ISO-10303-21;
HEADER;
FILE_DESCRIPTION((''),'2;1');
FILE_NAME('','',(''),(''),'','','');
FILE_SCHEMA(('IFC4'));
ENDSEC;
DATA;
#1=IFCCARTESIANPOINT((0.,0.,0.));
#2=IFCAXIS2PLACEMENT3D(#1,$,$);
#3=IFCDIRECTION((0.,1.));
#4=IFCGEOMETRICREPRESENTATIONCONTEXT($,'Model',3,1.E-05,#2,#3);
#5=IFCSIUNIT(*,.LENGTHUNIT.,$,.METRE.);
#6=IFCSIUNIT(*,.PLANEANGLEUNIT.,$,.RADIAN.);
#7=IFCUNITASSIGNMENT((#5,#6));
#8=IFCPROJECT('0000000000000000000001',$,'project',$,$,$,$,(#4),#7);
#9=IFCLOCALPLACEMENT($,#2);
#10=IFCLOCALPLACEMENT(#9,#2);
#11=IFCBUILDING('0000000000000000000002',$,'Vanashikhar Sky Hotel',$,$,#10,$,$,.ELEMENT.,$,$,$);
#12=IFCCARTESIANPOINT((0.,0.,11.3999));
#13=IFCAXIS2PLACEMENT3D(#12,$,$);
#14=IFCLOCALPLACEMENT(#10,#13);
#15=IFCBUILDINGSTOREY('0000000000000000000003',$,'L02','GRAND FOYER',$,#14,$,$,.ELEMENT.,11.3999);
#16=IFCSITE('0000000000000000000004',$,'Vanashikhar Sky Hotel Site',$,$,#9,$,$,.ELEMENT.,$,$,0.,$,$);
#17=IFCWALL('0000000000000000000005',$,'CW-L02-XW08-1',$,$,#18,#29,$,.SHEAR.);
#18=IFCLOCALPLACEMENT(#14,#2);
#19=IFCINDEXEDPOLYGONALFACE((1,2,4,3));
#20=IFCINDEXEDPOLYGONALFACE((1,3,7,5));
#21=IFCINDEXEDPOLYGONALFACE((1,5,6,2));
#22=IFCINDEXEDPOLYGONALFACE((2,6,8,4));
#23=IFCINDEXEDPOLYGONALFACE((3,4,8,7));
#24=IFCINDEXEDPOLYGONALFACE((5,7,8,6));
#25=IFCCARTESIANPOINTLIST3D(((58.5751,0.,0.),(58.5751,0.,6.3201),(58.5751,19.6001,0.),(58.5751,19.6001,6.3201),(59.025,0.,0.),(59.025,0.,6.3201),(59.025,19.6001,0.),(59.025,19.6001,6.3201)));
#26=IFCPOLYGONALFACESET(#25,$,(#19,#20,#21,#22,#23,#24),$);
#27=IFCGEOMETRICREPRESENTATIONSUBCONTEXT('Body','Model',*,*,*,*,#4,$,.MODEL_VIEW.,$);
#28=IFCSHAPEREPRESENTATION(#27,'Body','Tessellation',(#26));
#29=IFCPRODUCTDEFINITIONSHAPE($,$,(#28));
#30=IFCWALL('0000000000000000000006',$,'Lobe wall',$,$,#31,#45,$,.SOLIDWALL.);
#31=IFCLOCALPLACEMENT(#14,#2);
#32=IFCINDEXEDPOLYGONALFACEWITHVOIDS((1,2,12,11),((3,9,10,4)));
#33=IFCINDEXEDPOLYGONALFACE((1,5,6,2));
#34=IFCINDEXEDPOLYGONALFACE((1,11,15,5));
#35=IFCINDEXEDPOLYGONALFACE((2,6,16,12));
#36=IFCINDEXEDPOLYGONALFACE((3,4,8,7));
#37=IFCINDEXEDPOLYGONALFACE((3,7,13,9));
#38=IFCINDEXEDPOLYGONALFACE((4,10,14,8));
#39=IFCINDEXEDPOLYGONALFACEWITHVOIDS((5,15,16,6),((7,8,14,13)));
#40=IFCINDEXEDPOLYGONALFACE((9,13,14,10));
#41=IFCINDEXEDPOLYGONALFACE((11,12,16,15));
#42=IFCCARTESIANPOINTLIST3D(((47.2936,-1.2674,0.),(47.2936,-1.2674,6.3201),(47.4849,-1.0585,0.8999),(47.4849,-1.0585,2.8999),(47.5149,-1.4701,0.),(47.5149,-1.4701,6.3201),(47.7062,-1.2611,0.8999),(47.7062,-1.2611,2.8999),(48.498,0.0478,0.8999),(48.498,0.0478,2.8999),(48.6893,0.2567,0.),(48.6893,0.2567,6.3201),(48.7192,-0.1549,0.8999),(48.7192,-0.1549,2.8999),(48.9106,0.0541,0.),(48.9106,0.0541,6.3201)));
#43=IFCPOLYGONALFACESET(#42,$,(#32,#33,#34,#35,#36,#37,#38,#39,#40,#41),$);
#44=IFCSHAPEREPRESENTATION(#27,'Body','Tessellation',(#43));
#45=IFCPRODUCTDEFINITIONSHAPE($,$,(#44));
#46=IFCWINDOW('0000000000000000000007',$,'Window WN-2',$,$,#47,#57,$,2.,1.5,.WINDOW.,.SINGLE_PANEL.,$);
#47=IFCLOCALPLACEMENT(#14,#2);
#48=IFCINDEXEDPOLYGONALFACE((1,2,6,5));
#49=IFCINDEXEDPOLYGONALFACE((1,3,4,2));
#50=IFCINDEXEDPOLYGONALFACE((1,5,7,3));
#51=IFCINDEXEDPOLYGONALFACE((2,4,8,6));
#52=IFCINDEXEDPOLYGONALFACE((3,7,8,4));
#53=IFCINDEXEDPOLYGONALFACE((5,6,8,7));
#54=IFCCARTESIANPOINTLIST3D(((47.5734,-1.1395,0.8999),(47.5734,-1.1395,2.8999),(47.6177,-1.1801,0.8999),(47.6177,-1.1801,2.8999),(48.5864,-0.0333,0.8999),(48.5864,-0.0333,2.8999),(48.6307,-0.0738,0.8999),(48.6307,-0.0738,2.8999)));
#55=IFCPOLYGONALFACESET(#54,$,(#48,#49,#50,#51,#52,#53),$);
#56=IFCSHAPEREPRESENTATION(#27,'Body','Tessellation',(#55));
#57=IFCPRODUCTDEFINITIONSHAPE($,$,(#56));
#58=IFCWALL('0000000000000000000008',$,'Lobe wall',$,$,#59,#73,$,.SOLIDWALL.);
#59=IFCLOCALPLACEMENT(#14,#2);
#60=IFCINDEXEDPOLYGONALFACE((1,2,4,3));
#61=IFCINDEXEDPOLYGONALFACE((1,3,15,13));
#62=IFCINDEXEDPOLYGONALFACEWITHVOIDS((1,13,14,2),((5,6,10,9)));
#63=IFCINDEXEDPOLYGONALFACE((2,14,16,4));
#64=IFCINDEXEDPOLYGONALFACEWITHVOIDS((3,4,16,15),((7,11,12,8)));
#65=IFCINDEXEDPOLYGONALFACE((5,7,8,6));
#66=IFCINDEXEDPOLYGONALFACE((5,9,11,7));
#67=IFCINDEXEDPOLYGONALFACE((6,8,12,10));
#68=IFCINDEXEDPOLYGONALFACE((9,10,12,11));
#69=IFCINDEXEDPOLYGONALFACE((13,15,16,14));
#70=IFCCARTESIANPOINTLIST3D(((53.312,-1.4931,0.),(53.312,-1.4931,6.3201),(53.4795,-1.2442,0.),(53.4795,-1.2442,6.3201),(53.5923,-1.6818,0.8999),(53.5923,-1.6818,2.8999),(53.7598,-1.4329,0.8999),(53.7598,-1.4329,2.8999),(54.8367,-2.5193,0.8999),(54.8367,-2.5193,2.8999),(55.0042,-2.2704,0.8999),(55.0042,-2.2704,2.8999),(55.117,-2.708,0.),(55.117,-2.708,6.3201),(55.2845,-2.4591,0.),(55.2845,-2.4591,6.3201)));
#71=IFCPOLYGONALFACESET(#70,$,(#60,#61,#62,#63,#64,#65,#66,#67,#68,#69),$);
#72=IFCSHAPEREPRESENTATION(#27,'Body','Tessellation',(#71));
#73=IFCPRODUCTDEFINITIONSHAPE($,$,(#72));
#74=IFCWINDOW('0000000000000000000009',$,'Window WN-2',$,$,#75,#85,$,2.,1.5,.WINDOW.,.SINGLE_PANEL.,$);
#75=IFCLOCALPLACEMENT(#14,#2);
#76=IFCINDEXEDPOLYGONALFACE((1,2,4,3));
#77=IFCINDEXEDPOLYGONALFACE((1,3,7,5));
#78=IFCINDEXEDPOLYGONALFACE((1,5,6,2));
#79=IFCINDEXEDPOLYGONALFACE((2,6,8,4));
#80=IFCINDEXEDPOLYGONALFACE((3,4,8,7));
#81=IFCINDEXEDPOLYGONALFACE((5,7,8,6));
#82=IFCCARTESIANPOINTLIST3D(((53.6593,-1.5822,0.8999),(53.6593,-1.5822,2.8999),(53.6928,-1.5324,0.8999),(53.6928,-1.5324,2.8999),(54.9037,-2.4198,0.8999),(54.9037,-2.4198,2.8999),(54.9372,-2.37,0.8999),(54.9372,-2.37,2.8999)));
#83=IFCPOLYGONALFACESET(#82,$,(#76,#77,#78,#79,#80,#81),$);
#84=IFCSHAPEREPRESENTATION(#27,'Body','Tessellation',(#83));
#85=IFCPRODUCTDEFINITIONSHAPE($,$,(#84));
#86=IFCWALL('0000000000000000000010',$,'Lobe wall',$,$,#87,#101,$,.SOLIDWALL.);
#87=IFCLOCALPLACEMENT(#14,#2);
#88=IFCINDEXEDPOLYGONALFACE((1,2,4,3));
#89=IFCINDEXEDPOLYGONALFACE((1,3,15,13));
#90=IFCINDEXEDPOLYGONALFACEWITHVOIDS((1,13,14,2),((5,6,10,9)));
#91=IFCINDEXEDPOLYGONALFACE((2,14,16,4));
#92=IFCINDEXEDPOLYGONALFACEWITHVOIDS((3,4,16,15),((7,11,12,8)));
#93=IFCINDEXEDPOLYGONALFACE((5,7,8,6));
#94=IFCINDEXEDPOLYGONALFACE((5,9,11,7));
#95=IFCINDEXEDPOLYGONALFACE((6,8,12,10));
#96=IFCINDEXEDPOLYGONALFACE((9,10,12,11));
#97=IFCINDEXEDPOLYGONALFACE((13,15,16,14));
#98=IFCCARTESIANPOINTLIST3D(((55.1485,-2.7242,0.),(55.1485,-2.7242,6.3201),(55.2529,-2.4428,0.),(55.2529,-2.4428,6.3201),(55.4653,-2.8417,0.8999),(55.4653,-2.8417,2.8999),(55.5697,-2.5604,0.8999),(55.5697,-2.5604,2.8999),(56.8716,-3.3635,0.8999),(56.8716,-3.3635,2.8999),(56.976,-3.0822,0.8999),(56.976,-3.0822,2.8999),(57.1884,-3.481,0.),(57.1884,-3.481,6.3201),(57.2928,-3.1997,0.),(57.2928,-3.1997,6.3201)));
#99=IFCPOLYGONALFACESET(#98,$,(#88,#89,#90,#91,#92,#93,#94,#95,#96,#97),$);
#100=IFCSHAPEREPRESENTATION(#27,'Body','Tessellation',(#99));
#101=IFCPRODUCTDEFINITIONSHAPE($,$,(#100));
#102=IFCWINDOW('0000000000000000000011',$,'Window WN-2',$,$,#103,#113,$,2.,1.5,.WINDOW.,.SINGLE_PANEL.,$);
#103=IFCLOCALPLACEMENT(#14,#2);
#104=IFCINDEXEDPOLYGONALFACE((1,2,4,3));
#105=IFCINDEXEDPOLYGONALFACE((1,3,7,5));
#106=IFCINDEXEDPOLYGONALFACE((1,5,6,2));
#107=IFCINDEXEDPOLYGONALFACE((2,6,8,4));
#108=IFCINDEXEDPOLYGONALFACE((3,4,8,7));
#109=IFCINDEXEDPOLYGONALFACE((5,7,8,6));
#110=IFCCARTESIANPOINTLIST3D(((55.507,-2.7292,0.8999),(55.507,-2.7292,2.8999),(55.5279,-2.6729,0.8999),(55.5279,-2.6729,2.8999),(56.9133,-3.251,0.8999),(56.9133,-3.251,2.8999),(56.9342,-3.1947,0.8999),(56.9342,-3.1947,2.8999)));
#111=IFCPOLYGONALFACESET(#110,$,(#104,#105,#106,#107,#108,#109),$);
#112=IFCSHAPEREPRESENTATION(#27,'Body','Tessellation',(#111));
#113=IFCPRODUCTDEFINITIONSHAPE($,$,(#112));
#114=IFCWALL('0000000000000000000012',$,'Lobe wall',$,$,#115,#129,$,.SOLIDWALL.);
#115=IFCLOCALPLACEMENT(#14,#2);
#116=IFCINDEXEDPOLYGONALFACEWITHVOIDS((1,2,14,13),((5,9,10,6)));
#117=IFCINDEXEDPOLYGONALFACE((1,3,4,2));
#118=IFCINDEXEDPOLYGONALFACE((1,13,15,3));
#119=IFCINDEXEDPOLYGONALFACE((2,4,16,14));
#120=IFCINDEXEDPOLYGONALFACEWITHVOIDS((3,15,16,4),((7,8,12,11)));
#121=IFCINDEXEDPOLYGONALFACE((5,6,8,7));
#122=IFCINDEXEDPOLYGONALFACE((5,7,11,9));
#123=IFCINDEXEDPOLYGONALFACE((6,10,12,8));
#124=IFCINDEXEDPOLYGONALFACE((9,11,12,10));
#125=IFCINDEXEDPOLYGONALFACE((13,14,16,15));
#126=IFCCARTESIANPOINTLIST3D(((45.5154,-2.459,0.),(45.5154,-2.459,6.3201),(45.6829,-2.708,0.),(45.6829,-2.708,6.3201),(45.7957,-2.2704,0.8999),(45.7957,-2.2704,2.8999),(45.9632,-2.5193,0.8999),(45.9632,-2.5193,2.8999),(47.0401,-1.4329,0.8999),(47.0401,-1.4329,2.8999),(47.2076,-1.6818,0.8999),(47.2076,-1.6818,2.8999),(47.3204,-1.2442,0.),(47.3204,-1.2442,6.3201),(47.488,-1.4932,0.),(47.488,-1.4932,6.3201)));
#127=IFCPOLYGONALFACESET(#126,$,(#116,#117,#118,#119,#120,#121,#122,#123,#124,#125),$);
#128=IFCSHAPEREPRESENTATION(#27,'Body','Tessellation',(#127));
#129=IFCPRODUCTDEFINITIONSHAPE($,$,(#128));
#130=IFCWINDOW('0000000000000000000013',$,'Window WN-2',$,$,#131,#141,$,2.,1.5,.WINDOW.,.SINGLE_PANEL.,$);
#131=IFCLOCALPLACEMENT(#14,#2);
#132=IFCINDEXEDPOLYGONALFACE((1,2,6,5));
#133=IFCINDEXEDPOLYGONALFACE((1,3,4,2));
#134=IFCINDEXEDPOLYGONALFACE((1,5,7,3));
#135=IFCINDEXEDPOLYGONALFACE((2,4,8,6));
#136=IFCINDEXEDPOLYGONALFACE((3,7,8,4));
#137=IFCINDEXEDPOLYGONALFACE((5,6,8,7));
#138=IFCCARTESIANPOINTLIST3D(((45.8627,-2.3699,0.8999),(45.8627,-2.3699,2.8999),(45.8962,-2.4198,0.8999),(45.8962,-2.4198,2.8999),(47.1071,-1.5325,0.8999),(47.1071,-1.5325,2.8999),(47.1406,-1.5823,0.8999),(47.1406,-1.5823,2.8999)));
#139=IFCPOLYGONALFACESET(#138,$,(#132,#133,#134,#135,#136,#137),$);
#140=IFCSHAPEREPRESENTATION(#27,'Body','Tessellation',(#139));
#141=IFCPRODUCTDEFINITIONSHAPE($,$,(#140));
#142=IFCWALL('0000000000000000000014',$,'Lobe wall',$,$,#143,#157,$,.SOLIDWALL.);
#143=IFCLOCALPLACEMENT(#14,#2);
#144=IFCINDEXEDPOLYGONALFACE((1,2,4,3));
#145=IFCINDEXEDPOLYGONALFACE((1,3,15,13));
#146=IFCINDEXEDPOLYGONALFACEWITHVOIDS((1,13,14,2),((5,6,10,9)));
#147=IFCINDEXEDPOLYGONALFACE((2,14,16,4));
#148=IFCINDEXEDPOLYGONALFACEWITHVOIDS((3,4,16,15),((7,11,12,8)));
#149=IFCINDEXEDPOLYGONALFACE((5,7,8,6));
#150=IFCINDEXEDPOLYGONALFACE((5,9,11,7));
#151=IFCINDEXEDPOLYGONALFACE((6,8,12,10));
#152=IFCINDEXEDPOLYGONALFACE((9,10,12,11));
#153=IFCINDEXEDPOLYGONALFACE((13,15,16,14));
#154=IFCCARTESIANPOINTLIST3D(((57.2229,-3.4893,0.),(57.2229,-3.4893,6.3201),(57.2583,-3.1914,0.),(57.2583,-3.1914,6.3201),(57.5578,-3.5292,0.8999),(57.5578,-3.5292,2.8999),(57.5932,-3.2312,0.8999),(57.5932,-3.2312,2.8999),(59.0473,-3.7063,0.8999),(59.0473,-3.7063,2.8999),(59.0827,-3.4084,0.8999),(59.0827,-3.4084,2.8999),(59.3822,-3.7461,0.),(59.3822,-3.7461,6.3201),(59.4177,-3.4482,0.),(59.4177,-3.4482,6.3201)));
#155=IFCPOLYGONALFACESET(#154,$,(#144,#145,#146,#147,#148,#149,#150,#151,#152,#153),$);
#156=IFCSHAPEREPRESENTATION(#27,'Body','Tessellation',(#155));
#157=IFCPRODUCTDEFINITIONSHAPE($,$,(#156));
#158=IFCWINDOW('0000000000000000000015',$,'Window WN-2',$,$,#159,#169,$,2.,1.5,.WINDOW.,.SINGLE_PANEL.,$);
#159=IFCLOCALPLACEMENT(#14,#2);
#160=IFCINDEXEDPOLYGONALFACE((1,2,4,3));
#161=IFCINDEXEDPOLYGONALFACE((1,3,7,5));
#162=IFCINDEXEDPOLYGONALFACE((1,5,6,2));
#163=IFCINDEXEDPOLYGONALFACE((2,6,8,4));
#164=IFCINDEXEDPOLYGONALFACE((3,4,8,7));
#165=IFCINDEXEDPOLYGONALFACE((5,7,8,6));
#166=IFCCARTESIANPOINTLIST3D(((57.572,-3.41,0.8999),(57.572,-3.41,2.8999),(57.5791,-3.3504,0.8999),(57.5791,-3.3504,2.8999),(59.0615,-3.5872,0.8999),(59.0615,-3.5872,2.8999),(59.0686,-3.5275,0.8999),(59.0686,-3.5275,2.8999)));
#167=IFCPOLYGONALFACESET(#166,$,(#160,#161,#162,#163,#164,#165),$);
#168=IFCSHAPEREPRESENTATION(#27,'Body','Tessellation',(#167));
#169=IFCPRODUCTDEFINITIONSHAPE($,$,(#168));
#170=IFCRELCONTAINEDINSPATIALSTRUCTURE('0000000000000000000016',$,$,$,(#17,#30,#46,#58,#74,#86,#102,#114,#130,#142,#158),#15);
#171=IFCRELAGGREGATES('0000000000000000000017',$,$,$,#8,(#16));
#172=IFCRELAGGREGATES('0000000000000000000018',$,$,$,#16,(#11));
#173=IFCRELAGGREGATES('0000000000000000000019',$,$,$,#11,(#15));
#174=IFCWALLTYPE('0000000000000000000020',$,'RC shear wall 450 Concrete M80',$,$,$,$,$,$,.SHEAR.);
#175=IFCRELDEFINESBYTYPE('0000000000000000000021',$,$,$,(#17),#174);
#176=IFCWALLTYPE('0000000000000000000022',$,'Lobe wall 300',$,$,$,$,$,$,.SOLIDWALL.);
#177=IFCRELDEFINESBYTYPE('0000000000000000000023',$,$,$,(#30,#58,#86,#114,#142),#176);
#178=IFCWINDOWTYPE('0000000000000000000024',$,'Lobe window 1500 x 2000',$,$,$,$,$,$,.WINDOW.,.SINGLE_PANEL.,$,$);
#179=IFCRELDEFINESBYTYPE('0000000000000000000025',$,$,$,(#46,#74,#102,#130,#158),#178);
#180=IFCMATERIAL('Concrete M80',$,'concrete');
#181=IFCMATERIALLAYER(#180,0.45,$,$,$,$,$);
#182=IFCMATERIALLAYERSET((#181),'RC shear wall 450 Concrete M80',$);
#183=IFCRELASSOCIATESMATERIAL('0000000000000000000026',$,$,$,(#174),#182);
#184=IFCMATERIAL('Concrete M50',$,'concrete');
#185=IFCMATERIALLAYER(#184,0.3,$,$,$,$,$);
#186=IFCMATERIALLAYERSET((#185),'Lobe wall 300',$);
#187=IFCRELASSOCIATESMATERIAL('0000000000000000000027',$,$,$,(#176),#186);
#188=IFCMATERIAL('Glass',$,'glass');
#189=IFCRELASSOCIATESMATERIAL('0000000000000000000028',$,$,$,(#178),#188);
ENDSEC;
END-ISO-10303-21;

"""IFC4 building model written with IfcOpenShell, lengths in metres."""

from ifc_helpers import new_model, si_unit, direction, frame, frame_2d, origin, place, context, subcontext, project, spatial, rectangle, extrude, source, transform, mapped, material, layer, layer_set, type_object, element, fill, save


model = new_model("IFC4")

# Units and contexts
model_context = context("Model", 3, precision=1e-05, world=origin(), true_north=direction((0.0, 1.0)))
body_context = subcontext(model_context, "Body", "Model", "MODEL_VIEW")
ifc_project = project(units=[si_unit("LENGTHUNIT", "METRE"), si_unit("PLANEANGLEUNIT", "RADIAN")], contexts=[model_context])

# Site, building, storey
site_placement = place(None, origin())
site = spatial("IfcSite", under=ifc_project, at=site_placement, Name="Vanashikhar Sky Hotel Site", CompositionType="ELEMENT", RefElevation=0.0)
building_placement = place(site_placement, origin())
building = spatial("IfcBuilding", under=site, at=building_placement, Name="Vanashikhar Sky Hotel", CompositionType="ELEMENT")
storey_placement = place(building_placement, frame((0.0, 0.0, 11.3999)))
storey = spatial("IfcBuildingStorey", under=building, at=storey_placement, Name="L02", Description="GRAND FOYER", CompositionType="ELEMENT", Elevation=11.3999)

# Wall
ifc_material_1 = material(Name="Concrete M80", Category="concrete")
ifc_layer_1 = layer(ifc_material_1, 0.45)
ifc_layer_set_1 = layer_set([ifc_layer_1], Name="RC shear wall 450 Concrete M80")
wall_type_1 = type_object("IfcWallType", Name="RC shear wall 450 Concrete M80", PredefinedType="SHEAR", material=ifc_layer_set_1)
shared_shape_1 = source(origin(), body_context, "Body", "SweptSolid", [
    extrude(rectangle(XDim=19.6001, YDim=0.45, at=frame_2d((9.8, 0.0))), origin(), (0.0, 0.0, 1.0), 6.3201),
])
wall_1_placement = place(storey_placement, frame((58.8, 0.0, 0.0), z_axis=(0.0, 0.0, 1.0), x_axis=(0.0, 1.0, 0.0)))
element("IfcWall", 1, at=wall_1_placement, inside=storey, type_object=wall_type_1, Name="CW-L02-XW08-1", PredefinedType="SHEAR", context=body_context, shape_type="MappedRepresentation", body=[
    mapped(shared_shape_1, transform((0.0, 0.0, 0.0), scale=1.0)),
])

# Walls, openings, windows
ifc_material_2 = material(Name="Concrete M50", Category="concrete")
ifc_layer_2 = layer(ifc_material_2, 0.3)
ifc_layer_set_2 = layer_set([ifc_layer_2], Name="Lobe wall 300")
wall_type_2 = type_object("IfcWallType", Name="Lobe wall 300", PredefinedType="SOLIDWALL", material=ifc_layer_set_2)
shared_shape_2 = source(origin(), body_context, "Body", "SweptSolid", [
    extrude(rectangle(XDim=2.0667, YDim=0.3, at=frame_2d((1.0332, 0.0))), origin(), (0.0, 0.0, 1.0), 6.3201),
])
wall_2_placement = place(storey_placement, frame((47.4043, -1.3687, 0.0), z_axis=(0.0, 0.0, 1.0), x_axis=(0.675355, 0.737492, 0.0)))
wall_2 = element("IfcWall", 2, at=wall_2_placement, inside=storey, type_object=wall_type_2, Name="Lobe wall", PredefinedType="SOLIDWALL", context=body_context, shape_type="MappedRepresentation", body=[
    mapped(shared_shape_2, transform((0.0, 0.0, 0.0), scale=1.0)),
])
shared_shape_3 = source(origin(), body_context, "Body", "SweptSolid", [
    extrude(rectangle(XDim=1.5, YDim=2.0, at=frame_2d((0.75, 1.0))), frame((0.0, 0.1602, 0.0), z_axis=(0.0, -1.0, 0.0), x_axis=(1.0, 0.0, 0.0)), (0.0, 0.0, 1.0), 0.3201),
])
opening_1_placement = place(wall_2_placement, frame((0.2832, 0.0, 0.8999)))
opening_1 = element("IfcOpeningElement", 3, at=opening_1_placement, cuts=wall_2, PredefinedType="OPENING", context=body_context, shape_type="MappedRepresentation", body=[
    mapped(shared_shape_3, transform((0.0, 0.0, 0.0), scale=1.0)),
])
ifc_material_3 = material(Name="Glass", Category="glass")
window_type = type_object("IfcWindowType", Name="Lobe window 1500 x 2000", PartitioningType="SINGLE_PANEL", PredefinedType="WINDOW", material=ifc_material_3)
shared_shape_4 = source(origin(), body_context, "Body", "SweptSolid", [
    extrude(rectangle(XDim=1.5, YDim=2.0, at=frame_2d((0.75, 1.0))), frame((0.0, 0.03, 0.0), z_axis=(0.0, -1.0, 0.0), x_axis=(1.0, 0.0, 0.0)), (0.0, 0.0, 1.0), 0.0601),
])
window_1_placement = place(opening_1_placement, origin())
window_1 = element("IfcWindow", 4, at=window_1_placement, inside=storey, type_object=window_type, Name="Window WN-2", OverallHeight=2.0, OverallWidth=1.5, PartitioningType="SINGLE_PANEL", PredefinedType="WINDOW", context=body_context, shape_type="MappedRepresentation", body=[
    mapped(shared_shape_4, transform((0.0, 0.0, 0.0), scale=1.0)),
])
fill(opening_1, window_1)
shared_shape_5 = source(origin(), body_context, "Body", "SweptSolid", [
    extrude(rectangle(XDim=2.1758, YDim=0.3, at=frame_2d((1.0879, 0.0))), origin(), (0.0, 0.0, 1.0), 6.3201),
])
wall_3_placement = place(storey_placement, frame((53.3958, -1.3687, 0.0), z_axis=(0.0, 0.0, 1.0), x_axis=(0.829591, -0.558372, 0.0)))
wall_3 = element("IfcWall", 5, at=wall_3_placement, inside=storey, type_object=wall_type_2, Name="Lobe wall", PredefinedType="SOLIDWALL", context=body_context, shape_type="MappedRepresentation", body=[
    mapped(shared_shape_5, transform((0.0, 0.0, 0.0), scale=1.0)),
])
opening_2_placement = place(wall_3_placement, frame((0.3379, 0.0, 0.8999)))
opening_2 = element("IfcOpeningElement", 6, at=opening_2_placement, cuts=wall_3, PredefinedType="OPENING", context=body_context, shape_type="MappedRepresentation", body=[
    mapped(shared_shape_3, transform((0.0, 0.0, 0.0), scale=1.0)),
])
window_2_placement = place(opening_2_placement, origin())
window_2 = element("IfcWindow", 7, at=window_2_placement, inside=storey, type_object=window_type, Name="Window WN-2", OverallHeight=2.0, OverallWidth=1.5, PartitioningType="SINGLE_PANEL", PredefinedType="WINDOW", context=body_context, shape_type="MappedRepresentation", body=[
    mapped(shared_shape_4, transform((0.0, 0.0, 0.0), scale=1.0)),
])
fill(opening_2, window_2)
wall_4_placement = place(storey_placement, frame((55.2007, -2.5835, 0.0), z_axis=(0.0, 0.0, 1.0), x_axis=(0.937546, -0.347863, 0.0)))
wall_4 = element("IfcWall", 8, at=wall_4_placement, inside=storey, type_object=wall_type_2, Name="Lobe wall", PredefinedType="SOLIDWALL", context=body_context, shape_type="MappedRepresentation", body=[
    mapped(shared_shape_5, transform((0.0, 0.0, 0.0), scale=1.0)),
])
opening_3_placement = place(wall_4_placement, frame((0.3379, 0.0, 0.8999)))
opening_3 = element("IfcOpeningElement", 9, at=opening_3_placement, cuts=wall_4, PredefinedType="OPENING", context=body_context, shape_type="MappedRepresentation", body=[
    mapped(shared_shape_3, transform((0.0, 0.0, 0.0), scale=1.0)),
])
window_3_placement = place(opening_3_placement, origin())
window_3 = element("IfcWindow", 10, at=window_3_placement, inside=storey, type_object=window_type, Name="Window WN-2", OverallHeight=2.0, OverallWidth=1.5, PartitioningType="SINGLE_PANEL", PredefinedType="WINDOW", context=body_context, shape_type="MappedRepresentation", body=[
    mapped(shared_shape_4, transform((0.0, 0.0, 0.0), scale=1.0)),
])
fill(opening_3, window_3)
wall_5_placement = place(storey_placement, frame((45.5991, -2.5835, 0.0), z_axis=(0.0, 0.0, 1.0), x_axis=(0.829626, 0.55832, 0.0)))
wall_5 = element("IfcWall", 11, at=wall_5_placement, inside=storey, type_object=wall_type_2, Name="Lobe wall", PredefinedType="SOLIDWALL", context=body_context, shape_type="MappedRepresentation", body=[
    mapped(shared_shape_5, transform((0.0, 0.0, 0.0), scale=1.0)),
])
opening_4_placement = place(wall_5_placement, frame((0.3379, 0.0, 0.8999)))
opening_4 = element("IfcOpeningElement", 12, at=opening_4_placement, cuts=wall_5, PredefinedType="OPENING", context=body_context, shape_type="MappedRepresentation", body=[
    mapped(shared_shape_3, transform((0.0, 0.0, 0.0), scale=1.0)),
])
window_4_placement = place(opening_4_placement, origin())
window_4 = element("IfcWindow", 13, at=window_4_placement, inside=storey, type_object=window_type, Name="Window WN-2", OverallHeight=2.0, OverallWidth=1.5, PartitioningType="SINGLE_PANEL", PredefinedType="WINDOW", context=body_context, shape_type="MappedRepresentation", body=[
    mapped(shared_shape_4, transform((0.0, 0.0, 0.0), scale=1.0)),
])
fill(opening_4, window_4)
shared_shape_6 = source(origin(), body_context, "Body", "SweptSolid", [
    extrude(rectangle(XDim=2.1746, YDim=0.3, at=frame_2d((1.0874, 0.0))), origin(), (0.0, 0.0, 1.0), 6.3201),
])
wall_6_placement = place(storey_placement, frame((57.2405, -3.3403, 0.0), z_axis=(0.0, 0.0, 1.0), x_axis=(0.993001, -0.118105, 0.0)))
wall_6 = element("IfcWall", 14, at=wall_6_placement, inside=storey, type_object=wall_type_2, Name="Lobe wall", PredefinedType="SOLIDWALL", context=body_context, shape_type="MappedRepresentation", body=[
    mapped(shared_shape_6, transform((0.0, 0.0, 0.0), scale=1.0)),
])
opening_5_placement = place(wall_6_placement, frame((0.3374, 0.0, 0.8999)))
opening_5 = element("IfcOpeningElement", 15, at=opening_5_placement, cuts=wall_6, PredefinedType="OPENING", context=body_context, shape_type="MappedRepresentation", body=[
    mapped(shared_shape_3, transform((0.0, 0.0, 0.0), scale=1.0)),
])
window_5_placement = place(opening_5_placement, origin())
window_5 = element("IfcWindow", 16, at=window_5_placement, inside=storey, type_object=window_type, Name="Window WN-2", OverallHeight=2.0, OverallWidth=1.5, PartitioningType="SINGLE_PANEL", PredefinedType="WINDOW", context=body_context, shape_type="MappedRepresentation", body=[
    mapped(shared_shape_4, transform((0.0, 0.0, 0.0), scale=1.0)),
])
fill(opening_5, window_5)

save(model, "model.ifc")
